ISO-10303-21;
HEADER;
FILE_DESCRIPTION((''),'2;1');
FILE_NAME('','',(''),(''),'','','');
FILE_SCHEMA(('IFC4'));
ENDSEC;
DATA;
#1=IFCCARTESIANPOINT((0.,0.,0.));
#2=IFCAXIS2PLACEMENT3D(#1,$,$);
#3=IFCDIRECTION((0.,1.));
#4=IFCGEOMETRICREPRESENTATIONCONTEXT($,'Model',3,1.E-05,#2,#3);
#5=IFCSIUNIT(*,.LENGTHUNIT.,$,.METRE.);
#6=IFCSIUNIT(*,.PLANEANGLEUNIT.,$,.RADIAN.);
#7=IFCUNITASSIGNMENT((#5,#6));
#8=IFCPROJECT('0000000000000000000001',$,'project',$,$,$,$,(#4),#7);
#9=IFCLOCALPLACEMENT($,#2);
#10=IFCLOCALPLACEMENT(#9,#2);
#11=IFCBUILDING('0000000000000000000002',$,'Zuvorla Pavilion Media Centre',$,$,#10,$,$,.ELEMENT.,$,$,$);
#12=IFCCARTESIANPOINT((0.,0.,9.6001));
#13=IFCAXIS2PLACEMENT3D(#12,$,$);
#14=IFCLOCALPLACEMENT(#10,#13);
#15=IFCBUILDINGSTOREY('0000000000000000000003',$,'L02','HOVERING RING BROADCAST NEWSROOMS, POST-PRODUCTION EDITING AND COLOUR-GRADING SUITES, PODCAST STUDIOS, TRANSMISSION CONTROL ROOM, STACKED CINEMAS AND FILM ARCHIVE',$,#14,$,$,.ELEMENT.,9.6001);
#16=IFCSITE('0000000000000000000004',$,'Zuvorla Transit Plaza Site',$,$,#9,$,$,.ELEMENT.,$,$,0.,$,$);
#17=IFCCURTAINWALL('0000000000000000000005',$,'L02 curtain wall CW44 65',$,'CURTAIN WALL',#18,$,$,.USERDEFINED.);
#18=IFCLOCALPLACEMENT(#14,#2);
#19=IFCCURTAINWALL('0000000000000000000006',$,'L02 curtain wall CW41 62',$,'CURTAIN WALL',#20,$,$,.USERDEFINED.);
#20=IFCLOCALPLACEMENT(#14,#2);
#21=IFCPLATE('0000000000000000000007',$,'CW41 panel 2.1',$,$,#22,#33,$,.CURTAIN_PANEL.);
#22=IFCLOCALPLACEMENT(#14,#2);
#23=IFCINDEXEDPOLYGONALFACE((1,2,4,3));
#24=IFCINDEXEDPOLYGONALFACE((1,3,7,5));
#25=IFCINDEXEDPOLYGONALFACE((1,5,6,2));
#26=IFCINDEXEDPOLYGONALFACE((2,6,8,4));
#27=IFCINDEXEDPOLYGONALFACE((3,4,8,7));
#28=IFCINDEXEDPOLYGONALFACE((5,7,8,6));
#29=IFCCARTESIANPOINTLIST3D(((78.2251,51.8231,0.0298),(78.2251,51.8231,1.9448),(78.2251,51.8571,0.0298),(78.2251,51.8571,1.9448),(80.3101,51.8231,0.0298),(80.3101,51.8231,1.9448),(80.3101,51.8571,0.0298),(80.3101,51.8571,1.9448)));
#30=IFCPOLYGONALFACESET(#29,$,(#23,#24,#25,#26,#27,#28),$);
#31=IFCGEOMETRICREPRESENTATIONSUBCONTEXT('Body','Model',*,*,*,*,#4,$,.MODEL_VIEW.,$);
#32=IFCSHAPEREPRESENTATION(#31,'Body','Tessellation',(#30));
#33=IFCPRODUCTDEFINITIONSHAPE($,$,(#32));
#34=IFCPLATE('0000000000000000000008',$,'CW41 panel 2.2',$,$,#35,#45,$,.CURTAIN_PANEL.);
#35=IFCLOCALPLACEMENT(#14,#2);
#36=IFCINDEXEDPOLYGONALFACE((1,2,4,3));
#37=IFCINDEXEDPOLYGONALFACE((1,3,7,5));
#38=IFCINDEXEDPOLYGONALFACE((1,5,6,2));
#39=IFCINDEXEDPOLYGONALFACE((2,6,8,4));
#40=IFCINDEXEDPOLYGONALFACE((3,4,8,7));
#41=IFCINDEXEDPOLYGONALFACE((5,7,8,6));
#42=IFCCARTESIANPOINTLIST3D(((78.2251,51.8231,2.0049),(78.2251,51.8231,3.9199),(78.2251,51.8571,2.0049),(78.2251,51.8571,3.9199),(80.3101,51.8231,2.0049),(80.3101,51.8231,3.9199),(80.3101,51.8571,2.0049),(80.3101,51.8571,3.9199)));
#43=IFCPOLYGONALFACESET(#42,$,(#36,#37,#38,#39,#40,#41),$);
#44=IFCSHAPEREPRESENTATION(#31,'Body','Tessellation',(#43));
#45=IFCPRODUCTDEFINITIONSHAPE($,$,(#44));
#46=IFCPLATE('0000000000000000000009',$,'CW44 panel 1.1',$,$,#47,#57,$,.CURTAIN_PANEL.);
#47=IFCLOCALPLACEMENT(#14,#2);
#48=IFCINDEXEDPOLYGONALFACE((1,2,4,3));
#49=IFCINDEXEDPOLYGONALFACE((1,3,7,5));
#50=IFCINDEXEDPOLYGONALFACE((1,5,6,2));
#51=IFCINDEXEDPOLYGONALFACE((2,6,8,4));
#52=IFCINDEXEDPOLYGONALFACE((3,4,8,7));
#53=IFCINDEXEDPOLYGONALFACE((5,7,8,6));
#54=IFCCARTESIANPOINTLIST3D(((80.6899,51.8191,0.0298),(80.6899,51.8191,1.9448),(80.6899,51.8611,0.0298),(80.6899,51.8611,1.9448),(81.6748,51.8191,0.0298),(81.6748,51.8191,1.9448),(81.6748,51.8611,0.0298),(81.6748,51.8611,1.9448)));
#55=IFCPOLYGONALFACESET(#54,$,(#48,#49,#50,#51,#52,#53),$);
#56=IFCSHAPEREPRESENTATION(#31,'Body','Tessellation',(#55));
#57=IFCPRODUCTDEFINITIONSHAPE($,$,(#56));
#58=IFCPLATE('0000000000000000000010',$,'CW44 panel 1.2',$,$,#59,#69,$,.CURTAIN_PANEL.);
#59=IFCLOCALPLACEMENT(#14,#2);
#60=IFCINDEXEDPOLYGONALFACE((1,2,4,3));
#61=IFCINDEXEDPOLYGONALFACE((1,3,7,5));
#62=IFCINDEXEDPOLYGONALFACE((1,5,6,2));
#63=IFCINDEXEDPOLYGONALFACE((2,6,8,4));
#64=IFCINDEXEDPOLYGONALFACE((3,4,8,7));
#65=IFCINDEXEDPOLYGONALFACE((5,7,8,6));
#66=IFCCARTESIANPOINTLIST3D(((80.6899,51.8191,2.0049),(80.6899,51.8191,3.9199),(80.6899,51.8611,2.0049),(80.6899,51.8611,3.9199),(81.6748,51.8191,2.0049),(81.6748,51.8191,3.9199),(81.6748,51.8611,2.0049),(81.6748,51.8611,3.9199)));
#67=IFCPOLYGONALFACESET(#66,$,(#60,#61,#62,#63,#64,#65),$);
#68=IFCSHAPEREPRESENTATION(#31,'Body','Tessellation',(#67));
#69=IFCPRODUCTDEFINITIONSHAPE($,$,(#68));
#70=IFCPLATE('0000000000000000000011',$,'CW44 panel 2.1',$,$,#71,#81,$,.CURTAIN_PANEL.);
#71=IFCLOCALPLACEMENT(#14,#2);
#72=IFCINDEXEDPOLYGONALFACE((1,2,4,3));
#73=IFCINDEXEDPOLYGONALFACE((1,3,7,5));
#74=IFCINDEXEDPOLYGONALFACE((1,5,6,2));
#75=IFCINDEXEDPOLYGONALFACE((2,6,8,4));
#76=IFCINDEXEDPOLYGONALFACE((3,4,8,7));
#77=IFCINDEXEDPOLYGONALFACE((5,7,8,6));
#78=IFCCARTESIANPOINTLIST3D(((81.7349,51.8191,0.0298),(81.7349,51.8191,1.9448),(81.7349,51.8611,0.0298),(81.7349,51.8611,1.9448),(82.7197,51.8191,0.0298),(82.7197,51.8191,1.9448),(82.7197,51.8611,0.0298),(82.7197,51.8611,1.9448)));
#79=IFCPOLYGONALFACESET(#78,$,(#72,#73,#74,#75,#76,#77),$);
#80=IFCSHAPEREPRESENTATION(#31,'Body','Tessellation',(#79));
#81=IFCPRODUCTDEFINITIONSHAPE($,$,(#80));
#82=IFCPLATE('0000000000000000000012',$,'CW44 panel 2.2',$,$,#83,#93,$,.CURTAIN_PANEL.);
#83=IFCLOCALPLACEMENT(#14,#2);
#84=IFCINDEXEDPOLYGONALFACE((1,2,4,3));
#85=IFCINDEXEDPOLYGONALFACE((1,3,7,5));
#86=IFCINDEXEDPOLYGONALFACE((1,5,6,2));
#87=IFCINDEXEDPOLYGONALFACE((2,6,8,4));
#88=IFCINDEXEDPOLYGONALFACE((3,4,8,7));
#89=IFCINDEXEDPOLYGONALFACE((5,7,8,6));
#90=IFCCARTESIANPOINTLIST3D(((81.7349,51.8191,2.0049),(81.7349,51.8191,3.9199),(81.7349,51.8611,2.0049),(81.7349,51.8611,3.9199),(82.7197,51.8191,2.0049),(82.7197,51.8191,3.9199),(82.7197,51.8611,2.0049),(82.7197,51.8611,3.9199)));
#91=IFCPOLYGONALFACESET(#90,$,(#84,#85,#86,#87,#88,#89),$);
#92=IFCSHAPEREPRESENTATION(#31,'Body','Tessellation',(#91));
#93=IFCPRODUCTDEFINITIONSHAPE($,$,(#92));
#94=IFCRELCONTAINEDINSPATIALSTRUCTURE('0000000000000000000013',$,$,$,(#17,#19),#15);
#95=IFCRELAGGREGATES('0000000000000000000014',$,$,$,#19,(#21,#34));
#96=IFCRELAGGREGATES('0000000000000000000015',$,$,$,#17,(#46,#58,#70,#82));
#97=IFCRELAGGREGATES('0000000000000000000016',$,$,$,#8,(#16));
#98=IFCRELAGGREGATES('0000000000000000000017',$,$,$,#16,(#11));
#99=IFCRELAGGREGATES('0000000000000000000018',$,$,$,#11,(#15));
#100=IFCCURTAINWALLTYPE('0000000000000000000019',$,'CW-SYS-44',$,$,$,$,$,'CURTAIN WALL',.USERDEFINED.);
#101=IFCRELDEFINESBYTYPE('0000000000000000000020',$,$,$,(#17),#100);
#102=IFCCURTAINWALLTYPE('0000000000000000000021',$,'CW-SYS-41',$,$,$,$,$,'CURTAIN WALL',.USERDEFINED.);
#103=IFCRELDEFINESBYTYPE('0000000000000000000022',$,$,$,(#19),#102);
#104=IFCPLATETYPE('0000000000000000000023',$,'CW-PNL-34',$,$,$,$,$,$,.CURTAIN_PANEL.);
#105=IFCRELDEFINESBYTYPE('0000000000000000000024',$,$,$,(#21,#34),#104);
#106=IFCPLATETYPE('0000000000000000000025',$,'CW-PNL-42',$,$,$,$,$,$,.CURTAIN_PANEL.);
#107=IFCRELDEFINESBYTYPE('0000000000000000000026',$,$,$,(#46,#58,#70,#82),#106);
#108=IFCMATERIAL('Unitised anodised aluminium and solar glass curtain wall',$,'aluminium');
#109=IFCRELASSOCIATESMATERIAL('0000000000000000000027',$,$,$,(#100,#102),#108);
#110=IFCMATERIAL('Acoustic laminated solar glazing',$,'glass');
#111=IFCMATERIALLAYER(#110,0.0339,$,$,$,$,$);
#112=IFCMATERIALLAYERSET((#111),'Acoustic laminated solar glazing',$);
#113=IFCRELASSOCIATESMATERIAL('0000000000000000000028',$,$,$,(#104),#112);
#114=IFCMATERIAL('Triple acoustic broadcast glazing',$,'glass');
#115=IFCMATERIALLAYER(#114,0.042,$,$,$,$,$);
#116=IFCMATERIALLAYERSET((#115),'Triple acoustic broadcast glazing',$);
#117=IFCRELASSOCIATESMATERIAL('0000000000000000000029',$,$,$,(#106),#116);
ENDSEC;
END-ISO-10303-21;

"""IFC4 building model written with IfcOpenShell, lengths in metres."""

from ifc_helpers import new_model, si_unit, direction, frame, origin, origin_2d, place, context, subcontext, project, spatial, rectangle, extrude, material, layer, layer_set, type_object, element, aggregate, save


model = new_model("IFC4")

# Units and contexts
model_context = context("Model", 3, precision=1e-05, world=origin(), true_north=direction((0.0, 1.0)))
body_context = subcontext(model_context, "Body", "Model", "MODEL_VIEW")
ifc_project = project(units=[si_unit("LENGTHUNIT", "METRE"), si_unit("PLANEANGLEUNIT", "RADIAN")], contexts=[model_context])

# Site, building, storey
site_placement = place(None, origin())
site = spatial("IfcSite", under=ifc_project, at=site_placement, Name="Zuvorla Transit Plaza Site", CompositionType="ELEMENT", RefElevation=0.0)
building_placement = place(site_placement, origin())
building = spatial("IfcBuilding", under=site, at=building_placement, Name="Zuvorla Pavilion Media Centre", CompositionType="ELEMENT")
storey_placement = place(building_placement, frame((0.0, 0.0, 9.6001)))
storey = spatial("IfcBuildingStorey", under=building, at=storey_placement, Name="L02", Description="HOVERING RING BROADCAST NEWSROOMS, POST-PRODUCTION EDITING AND COLOUR-GRADING SUITES, PODCAST STUDIOS, TRANSMISSION CONTROL ROOM, STACKED CINEMAS AND FILM ARCHIVE", CompositionType="ELEMENT", Elevation=9.6001)

# Curtain wall
ifc_material_1 = material(Name="Unitised anodised aluminium and solar glass curtain wall", Category="aluminium")
curtain_wall_type_1 = type_object("IfcCurtainWallType", Name="CW-SYS-44", ElementType="CURTAIN WALL", PredefinedType="USERDEFINED", material=ifc_material_1)
curtain_wall_1_placement = place(storey_placement, origin())
curtain_wall_1 = element("IfcCurtainWall", 1, at=curtain_wall_1_placement, inside=storey, type_object=curtain_wall_type_1, Name="L02 curtain wall CW44 65", ObjectType="CURTAIN WALL", PredefinedType="USERDEFINED")

# Curtain wall
curtain_wall_type_2 = type_object("IfcCurtainWallType", Name="CW-SYS-41", ElementType="CURTAIN WALL", PredefinedType="USERDEFINED", material=ifc_material_1)
curtain_wall_2_placement = place(storey_placement, origin())
curtain_wall_2 = element("IfcCurtainWall", 2, at=curtain_wall_2_placement, inside=storey, type_object=curtain_wall_type_2, Name="L02 curtain wall CW41 62", ObjectType="CURTAIN WALL", PredefinedType="USERDEFINED")

# Plates
ifc_material_2 = material(Name="Acoustic laminated solar glazing", Category="glass")
ifc_layer_1 = layer(ifc_material_2, 0.0339)
ifc_layer_set_1 = layer_set([ifc_layer_1], Name="Acoustic laminated solar glazing")
plate_type_1 = type_object("IfcPlateType", Name="CW-PNL-34", PredefinedType="CURTAIN_PANEL", material=ifc_layer_set_1)
plate_1_placement = place(storey_placement, frame((79.2676, 51.8401, 0.0298), z_axis=(0.0, 0.0, 1.0), x_axis=(1.0, 0.0, 0.0)))
plate_1 = element("IfcPlate", 3, at=plate_1_placement, type_object=plate_type_1, Name="CW41 panel 2.1", PredefinedType="CURTAIN_PANEL", context=body_context, shape_type="SweptSolid", body=[
    extrude(rectangle(XDim=2.085, YDim=0.0339, at=origin_2d()), origin(), (0.0, 0.0, 1.0), 1.915),
])
plate_2_placement = place(storey_placement, frame((79.2676, 51.8401, 2.0049), z_axis=(0.0, 0.0, 1.0), x_axis=(1.0, 0.0, 0.0)))
plate_2 = element("IfcPlate", 4, at=plate_2_placement, type_object=plate_type_1, Name="CW41 panel 2.2", PredefinedType="CURTAIN_PANEL", context=body_context, shape_type="SweptSolid", body=[
    extrude(rectangle(XDim=2.085, YDim=0.0339, at=origin_2d()), origin(), (0.0, 0.0, 1.0), 1.915),
])
aggregate(curtain_wall_2, [plate_1, plate_2])
ifc_material_3 = material(Name="Triple acoustic broadcast glazing", Category="glass")
ifc_layer_2 = layer(ifc_material_3, 0.042)
ifc_layer_set_2 = layer_set([ifc_layer_2], Name="Triple acoustic broadcast glazing")
plate_type_2 = type_object("IfcPlateType", Name="CW-PNL-42", PredefinedType="CURTAIN_PANEL", material=ifc_layer_set_2)
plate_3_placement = place(storey_placement, frame((81.1824, 51.8401, 0.0298), z_axis=(0.0, 0.0, 1.0), x_axis=(1.0, 0.0, 0.0)))
plate_3 = element("IfcPlate", 5, at=plate_3_placement, type_object=plate_type_2, Name="CW44 panel 1.1", PredefinedType="CURTAIN_PANEL", context=body_context, shape_type="SweptSolid", body=[
    extrude(rectangle(XDim=0.9849, YDim=0.042, at=origin_2d()), origin(), (0.0, 0.0, 1.0), 1.915),
])
plate_4_placement = place(storey_placement, frame((81.1824, 51.8401, 2.0049), z_axis=(0.0, 0.0, 1.0), x_axis=(1.0, 0.0, 0.0)))
plate_4 = element("IfcPlate", 6, at=plate_4_placement, type_object=plate_type_2, Name="CW44 panel 1.2", PredefinedType="CURTAIN_PANEL", context=body_context, shape_type="SweptSolid", body=[
    extrude(rectangle(XDim=0.9849, YDim=0.042, at=origin_2d()), origin(), (0.0, 0.0, 1.0), 1.915),
])
plate_5_placement = place(storey_placement, frame((82.2273, 51.8401, 0.0298), z_axis=(0.0, 0.0, 1.0), x_axis=(1.0, 0.0, 0.0)))
plate_5 = element("IfcPlate", 7, at=plate_5_placement, type_object=plate_type_2, Name="CW44 panel 2.1", PredefinedType="CURTAIN_PANEL", context=body_context, shape_type="SweptSolid", body=[
    extrude(rectangle(XDim=0.9849, YDim=0.042, at=origin_2d()), origin(), (0.0, 0.0, 1.0), 1.915),
])
plate_6_placement = place(storey_placement, frame((82.2273, 51.8401, 2.0049), z_axis=(0.0, 0.0, 1.0), x_axis=(1.0, 0.0, 0.0)))
plate_6 = element("IfcPlate", 8, at=plate_6_placement, type_object=plate_type_2, Name="CW44 panel 2.2", PredefinedType="CURTAIN_PANEL", context=body_context, shape_type="SweptSolid", body=[
    extrude(rectangle(XDim=0.9849, YDim=0.042, at=origin_2d()), origin(), (0.0, 0.0, 1.0), 1.915),
])
aggregate(curtain_wall_1, [plate_3, plate_4, plate_5, plate_6])

save(model, "model.ifc")
